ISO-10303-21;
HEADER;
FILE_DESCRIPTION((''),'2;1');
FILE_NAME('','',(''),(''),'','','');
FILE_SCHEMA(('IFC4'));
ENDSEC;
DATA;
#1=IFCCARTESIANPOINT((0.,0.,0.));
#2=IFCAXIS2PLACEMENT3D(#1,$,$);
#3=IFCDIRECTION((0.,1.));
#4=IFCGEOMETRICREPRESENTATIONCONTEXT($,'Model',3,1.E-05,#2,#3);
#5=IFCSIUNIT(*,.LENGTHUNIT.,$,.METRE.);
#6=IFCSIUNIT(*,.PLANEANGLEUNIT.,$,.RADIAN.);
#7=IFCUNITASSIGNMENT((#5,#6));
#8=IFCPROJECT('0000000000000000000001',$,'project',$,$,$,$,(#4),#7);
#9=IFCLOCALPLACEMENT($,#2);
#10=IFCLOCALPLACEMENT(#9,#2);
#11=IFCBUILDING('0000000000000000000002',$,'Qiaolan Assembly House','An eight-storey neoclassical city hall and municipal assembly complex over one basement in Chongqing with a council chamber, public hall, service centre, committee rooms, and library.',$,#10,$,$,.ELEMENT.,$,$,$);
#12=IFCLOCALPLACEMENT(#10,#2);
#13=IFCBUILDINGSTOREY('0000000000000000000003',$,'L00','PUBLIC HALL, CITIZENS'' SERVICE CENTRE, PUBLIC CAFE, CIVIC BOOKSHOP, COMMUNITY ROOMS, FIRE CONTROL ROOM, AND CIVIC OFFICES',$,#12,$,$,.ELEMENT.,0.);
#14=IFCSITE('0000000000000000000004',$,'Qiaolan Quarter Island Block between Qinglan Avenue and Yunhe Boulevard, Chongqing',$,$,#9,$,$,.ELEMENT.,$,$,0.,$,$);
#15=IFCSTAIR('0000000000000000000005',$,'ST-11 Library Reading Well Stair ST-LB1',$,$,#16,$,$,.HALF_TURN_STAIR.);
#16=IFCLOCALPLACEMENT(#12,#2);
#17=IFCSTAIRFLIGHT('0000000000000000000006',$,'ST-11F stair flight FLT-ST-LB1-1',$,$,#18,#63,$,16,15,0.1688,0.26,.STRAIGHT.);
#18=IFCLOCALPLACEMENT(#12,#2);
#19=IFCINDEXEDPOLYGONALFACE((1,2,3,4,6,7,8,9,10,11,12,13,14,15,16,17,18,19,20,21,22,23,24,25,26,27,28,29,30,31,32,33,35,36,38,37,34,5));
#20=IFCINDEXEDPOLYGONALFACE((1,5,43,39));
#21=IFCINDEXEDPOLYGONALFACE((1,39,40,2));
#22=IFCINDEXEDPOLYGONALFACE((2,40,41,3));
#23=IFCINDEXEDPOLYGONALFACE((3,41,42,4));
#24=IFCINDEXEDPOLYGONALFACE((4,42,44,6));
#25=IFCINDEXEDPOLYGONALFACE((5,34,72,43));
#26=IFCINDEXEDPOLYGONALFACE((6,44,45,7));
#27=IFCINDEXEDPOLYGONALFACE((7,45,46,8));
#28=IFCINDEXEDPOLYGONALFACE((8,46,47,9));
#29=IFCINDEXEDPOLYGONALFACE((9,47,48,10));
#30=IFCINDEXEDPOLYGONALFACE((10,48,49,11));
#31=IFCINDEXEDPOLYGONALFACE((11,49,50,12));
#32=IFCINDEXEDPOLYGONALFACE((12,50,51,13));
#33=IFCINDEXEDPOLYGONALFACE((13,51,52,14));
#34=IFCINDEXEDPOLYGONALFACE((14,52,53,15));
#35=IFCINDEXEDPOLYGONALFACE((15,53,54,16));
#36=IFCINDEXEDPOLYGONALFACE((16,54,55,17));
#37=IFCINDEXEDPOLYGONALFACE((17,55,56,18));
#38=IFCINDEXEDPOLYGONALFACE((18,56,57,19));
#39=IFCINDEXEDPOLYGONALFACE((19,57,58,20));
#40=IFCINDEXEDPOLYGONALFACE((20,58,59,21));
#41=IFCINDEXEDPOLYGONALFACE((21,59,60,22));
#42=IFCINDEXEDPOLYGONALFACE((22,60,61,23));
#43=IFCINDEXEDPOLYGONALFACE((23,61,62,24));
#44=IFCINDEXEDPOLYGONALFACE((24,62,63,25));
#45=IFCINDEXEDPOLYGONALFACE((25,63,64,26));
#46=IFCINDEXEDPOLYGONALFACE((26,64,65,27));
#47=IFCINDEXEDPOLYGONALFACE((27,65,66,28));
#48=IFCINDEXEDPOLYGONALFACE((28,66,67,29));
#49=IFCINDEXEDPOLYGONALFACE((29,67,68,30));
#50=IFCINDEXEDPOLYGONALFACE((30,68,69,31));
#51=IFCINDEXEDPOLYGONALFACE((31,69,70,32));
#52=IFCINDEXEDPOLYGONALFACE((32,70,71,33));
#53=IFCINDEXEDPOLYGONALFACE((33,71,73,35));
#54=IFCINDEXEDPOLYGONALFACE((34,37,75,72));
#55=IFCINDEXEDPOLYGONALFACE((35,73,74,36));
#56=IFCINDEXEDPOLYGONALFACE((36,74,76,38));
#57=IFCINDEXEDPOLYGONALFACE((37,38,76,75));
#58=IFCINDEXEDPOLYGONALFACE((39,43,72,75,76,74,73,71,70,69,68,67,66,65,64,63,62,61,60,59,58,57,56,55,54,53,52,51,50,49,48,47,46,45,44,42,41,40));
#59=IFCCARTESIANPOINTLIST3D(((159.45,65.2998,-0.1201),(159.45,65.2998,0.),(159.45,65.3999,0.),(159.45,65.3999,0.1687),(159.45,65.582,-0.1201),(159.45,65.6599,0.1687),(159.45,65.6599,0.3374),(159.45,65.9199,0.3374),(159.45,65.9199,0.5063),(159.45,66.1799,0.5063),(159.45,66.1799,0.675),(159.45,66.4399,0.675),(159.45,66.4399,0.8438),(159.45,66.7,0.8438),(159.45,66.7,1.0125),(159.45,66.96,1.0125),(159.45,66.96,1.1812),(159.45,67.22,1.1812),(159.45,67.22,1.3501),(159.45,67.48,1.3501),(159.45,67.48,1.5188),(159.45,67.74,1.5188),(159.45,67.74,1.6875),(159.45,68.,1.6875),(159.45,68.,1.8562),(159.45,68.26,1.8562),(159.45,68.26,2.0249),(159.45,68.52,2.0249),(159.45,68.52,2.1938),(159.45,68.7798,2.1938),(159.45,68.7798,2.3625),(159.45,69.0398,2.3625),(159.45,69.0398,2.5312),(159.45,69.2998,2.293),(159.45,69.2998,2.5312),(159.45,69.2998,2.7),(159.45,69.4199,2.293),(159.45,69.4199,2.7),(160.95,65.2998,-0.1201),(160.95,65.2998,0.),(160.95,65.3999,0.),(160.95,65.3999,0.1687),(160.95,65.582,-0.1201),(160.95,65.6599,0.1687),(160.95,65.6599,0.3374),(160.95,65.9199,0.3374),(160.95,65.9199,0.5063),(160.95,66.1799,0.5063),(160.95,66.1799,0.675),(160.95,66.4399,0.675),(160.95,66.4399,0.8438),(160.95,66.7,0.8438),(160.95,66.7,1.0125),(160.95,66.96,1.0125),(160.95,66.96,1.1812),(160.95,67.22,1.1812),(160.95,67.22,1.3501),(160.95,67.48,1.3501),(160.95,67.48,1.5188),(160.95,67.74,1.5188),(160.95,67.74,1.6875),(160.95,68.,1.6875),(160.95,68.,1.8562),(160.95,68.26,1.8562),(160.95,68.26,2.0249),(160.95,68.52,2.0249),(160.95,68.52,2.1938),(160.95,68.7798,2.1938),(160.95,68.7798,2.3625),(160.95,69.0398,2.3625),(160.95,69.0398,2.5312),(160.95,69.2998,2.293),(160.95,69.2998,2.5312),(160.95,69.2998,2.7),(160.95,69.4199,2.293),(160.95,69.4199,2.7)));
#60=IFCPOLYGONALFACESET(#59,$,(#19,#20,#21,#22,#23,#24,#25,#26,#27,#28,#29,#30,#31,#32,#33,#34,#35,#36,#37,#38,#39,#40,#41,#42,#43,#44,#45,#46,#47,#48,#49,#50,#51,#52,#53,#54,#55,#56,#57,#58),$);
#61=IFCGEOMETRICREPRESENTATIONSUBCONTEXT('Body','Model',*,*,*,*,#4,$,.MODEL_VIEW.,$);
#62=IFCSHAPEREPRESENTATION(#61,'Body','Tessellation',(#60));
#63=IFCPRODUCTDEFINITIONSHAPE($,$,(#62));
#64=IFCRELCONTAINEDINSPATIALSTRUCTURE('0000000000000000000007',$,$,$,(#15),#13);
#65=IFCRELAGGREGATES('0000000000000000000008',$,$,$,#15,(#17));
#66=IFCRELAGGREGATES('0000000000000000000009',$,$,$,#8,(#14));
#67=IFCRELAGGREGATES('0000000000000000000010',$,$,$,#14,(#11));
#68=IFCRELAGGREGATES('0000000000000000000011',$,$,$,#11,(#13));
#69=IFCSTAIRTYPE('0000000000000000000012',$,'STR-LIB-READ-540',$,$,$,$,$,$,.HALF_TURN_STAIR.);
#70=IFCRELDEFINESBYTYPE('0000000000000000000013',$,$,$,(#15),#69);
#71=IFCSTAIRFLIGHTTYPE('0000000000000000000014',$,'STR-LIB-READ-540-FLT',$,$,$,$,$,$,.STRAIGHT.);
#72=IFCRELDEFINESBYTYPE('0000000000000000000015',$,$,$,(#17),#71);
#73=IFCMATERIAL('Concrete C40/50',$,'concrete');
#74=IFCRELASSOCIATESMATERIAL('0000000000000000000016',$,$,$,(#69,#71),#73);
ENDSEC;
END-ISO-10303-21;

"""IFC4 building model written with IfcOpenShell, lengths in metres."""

from ifc_helpers import new_model, si_unit, direction, frame, origin, place, context, subcontext, project, spatial, polyline, outline, extrude, material, type_object, element, aggregate, save


model = new_model("IFC4")

# Units and contexts
model_context = context("Model", 3, precision=1e-05, world=origin(), true_north=direction((0.0, 1.0)))
body_context = subcontext(model_context, "Body", "Model", "MODEL_VIEW")
ifc_project = project(units=[si_unit("LENGTHUNIT", "METRE"), si_unit("PLANEANGLEUNIT", "RADIAN")], contexts=[model_context])

# Site, building, storey
site_placement = place(None, origin())
site = spatial("IfcSite", under=ifc_project, at=site_placement, Name="Qiaolan Quarter Island Block between Qinglan Avenue and Yunhe Boulevard, Chongqing", CompositionType="ELEMENT", RefElevation=0.0)
building_placement = place(site_placement, origin())
building = spatial("IfcBuilding", under=site, at=building_placement, Name="Qiaolan Assembly House", Description="An eight-storey neoclassical city hall and municipal assembly complex over one basement in Chongqing with a council chamber, public hall, service centre, committee rooms, and library.", CompositionType="ELEMENT")
storey_placement = place(building_placement, origin())
storey = spatial("IfcBuildingStorey", under=building, at=storey_placement, Name="L00", Description="PUBLIC HALL, CITIZENS' SERVICE CENTRE, PUBLIC CAFE, CIVIC BOOKSHOP, COMMUNITY ROOMS, FIRE CONTROL ROOM, AND CIVIC OFFICES", CompositionType="ELEMENT", Elevation=0.0)

# Shared definitions
ifc_material_1 = material(Name="Concrete C40/50", Category="concrete")

# Stair, stair flight
stair_type = type_object("IfcStairType", Name="STR-LIB-READ-540", PredefinedType="HALF_TURN_STAIR", material=ifc_material_1)
stair_placement = place(storey_placement, origin())
stair = element("IfcStair", 1, at=stair_placement, inside=storey, type_object=stair_type, Name="ST-11 Library Reading Well Stair ST-LB1", PredefinedType="HALF_TURN_STAIR")
stair_flight_type = type_object("IfcStairFlightType", Name="STR-LIB-READ-540-FLT", PredefinedType="STRAIGHT", material=ifc_material_1)
stair_flight_placement = place(storey_placement, frame((160.2, 65.3999, 0.0), z_axis=(0.0, 0.0, 1.0), x_axis=(0.0, 1.0, 0.0)))
stair_flight = element("IfcStairFlight", 2, at=stair_flight_placement, type_object=stair_flight_type, Name="ST-11F stair flight FLT-ST-LB1-1", NumberOfRisers=16, NumberOfTreads=15, PredefinedType="STRAIGHT", RiserHeight=0.1688, TreadLength=0.26, context=body_context, shape_type="SweptSolid", body=[
    extrude(outline(polyline([(-0.1001, -0.1201), (-0.1001, 0.0), (0.0, 0.0), (0.0, 0.1687), (0.26, 0.1687), (0.26, 0.3374), (0.52, 0.3374), (0.52, 0.5063), (0.78, 0.5063), (0.78, 0.675), (1.04, 0.675), (1.04, 0.8438), (1.3, 0.8438), (1.3, 1.0125), (1.5601, 1.0125), (1.5601, 1.1812), (1.8201, 1.1812), (1.8201, 1.3501), (2.0801, 1.3501), (2.0801, 1.5188), (2.3401, 1.5188), (2.3401, 1.6875), (2.6001, 1.6875), (2.6001, 1.8562), (2.8601, 1.8562), (2.8601, 2.0249), (3.1201, 2.0249), (3.1201, 2.1938), (3.3799, 2.1938), (3.3799, 2.3625), (3.6399, 2.3625), (3.6399, 2.5312), (3.8999, 2.5312), (3.8999, 2.7), (4.02, 2.7), (4.02, 2.293), (3.8999, 2.293), (0.1821, -0.1201), (-0.1001, -0.1201)])), frame((0.0, 0.75, 0.0), z_axis=(0.0, -1.0, 0.0), x_axis=(1.0, 0.0, 0.0)), (0.0, 0.0, 1.0), 1.5),
])
aggregate(stair, [stair_flight])

save(model, "model.ifc")
